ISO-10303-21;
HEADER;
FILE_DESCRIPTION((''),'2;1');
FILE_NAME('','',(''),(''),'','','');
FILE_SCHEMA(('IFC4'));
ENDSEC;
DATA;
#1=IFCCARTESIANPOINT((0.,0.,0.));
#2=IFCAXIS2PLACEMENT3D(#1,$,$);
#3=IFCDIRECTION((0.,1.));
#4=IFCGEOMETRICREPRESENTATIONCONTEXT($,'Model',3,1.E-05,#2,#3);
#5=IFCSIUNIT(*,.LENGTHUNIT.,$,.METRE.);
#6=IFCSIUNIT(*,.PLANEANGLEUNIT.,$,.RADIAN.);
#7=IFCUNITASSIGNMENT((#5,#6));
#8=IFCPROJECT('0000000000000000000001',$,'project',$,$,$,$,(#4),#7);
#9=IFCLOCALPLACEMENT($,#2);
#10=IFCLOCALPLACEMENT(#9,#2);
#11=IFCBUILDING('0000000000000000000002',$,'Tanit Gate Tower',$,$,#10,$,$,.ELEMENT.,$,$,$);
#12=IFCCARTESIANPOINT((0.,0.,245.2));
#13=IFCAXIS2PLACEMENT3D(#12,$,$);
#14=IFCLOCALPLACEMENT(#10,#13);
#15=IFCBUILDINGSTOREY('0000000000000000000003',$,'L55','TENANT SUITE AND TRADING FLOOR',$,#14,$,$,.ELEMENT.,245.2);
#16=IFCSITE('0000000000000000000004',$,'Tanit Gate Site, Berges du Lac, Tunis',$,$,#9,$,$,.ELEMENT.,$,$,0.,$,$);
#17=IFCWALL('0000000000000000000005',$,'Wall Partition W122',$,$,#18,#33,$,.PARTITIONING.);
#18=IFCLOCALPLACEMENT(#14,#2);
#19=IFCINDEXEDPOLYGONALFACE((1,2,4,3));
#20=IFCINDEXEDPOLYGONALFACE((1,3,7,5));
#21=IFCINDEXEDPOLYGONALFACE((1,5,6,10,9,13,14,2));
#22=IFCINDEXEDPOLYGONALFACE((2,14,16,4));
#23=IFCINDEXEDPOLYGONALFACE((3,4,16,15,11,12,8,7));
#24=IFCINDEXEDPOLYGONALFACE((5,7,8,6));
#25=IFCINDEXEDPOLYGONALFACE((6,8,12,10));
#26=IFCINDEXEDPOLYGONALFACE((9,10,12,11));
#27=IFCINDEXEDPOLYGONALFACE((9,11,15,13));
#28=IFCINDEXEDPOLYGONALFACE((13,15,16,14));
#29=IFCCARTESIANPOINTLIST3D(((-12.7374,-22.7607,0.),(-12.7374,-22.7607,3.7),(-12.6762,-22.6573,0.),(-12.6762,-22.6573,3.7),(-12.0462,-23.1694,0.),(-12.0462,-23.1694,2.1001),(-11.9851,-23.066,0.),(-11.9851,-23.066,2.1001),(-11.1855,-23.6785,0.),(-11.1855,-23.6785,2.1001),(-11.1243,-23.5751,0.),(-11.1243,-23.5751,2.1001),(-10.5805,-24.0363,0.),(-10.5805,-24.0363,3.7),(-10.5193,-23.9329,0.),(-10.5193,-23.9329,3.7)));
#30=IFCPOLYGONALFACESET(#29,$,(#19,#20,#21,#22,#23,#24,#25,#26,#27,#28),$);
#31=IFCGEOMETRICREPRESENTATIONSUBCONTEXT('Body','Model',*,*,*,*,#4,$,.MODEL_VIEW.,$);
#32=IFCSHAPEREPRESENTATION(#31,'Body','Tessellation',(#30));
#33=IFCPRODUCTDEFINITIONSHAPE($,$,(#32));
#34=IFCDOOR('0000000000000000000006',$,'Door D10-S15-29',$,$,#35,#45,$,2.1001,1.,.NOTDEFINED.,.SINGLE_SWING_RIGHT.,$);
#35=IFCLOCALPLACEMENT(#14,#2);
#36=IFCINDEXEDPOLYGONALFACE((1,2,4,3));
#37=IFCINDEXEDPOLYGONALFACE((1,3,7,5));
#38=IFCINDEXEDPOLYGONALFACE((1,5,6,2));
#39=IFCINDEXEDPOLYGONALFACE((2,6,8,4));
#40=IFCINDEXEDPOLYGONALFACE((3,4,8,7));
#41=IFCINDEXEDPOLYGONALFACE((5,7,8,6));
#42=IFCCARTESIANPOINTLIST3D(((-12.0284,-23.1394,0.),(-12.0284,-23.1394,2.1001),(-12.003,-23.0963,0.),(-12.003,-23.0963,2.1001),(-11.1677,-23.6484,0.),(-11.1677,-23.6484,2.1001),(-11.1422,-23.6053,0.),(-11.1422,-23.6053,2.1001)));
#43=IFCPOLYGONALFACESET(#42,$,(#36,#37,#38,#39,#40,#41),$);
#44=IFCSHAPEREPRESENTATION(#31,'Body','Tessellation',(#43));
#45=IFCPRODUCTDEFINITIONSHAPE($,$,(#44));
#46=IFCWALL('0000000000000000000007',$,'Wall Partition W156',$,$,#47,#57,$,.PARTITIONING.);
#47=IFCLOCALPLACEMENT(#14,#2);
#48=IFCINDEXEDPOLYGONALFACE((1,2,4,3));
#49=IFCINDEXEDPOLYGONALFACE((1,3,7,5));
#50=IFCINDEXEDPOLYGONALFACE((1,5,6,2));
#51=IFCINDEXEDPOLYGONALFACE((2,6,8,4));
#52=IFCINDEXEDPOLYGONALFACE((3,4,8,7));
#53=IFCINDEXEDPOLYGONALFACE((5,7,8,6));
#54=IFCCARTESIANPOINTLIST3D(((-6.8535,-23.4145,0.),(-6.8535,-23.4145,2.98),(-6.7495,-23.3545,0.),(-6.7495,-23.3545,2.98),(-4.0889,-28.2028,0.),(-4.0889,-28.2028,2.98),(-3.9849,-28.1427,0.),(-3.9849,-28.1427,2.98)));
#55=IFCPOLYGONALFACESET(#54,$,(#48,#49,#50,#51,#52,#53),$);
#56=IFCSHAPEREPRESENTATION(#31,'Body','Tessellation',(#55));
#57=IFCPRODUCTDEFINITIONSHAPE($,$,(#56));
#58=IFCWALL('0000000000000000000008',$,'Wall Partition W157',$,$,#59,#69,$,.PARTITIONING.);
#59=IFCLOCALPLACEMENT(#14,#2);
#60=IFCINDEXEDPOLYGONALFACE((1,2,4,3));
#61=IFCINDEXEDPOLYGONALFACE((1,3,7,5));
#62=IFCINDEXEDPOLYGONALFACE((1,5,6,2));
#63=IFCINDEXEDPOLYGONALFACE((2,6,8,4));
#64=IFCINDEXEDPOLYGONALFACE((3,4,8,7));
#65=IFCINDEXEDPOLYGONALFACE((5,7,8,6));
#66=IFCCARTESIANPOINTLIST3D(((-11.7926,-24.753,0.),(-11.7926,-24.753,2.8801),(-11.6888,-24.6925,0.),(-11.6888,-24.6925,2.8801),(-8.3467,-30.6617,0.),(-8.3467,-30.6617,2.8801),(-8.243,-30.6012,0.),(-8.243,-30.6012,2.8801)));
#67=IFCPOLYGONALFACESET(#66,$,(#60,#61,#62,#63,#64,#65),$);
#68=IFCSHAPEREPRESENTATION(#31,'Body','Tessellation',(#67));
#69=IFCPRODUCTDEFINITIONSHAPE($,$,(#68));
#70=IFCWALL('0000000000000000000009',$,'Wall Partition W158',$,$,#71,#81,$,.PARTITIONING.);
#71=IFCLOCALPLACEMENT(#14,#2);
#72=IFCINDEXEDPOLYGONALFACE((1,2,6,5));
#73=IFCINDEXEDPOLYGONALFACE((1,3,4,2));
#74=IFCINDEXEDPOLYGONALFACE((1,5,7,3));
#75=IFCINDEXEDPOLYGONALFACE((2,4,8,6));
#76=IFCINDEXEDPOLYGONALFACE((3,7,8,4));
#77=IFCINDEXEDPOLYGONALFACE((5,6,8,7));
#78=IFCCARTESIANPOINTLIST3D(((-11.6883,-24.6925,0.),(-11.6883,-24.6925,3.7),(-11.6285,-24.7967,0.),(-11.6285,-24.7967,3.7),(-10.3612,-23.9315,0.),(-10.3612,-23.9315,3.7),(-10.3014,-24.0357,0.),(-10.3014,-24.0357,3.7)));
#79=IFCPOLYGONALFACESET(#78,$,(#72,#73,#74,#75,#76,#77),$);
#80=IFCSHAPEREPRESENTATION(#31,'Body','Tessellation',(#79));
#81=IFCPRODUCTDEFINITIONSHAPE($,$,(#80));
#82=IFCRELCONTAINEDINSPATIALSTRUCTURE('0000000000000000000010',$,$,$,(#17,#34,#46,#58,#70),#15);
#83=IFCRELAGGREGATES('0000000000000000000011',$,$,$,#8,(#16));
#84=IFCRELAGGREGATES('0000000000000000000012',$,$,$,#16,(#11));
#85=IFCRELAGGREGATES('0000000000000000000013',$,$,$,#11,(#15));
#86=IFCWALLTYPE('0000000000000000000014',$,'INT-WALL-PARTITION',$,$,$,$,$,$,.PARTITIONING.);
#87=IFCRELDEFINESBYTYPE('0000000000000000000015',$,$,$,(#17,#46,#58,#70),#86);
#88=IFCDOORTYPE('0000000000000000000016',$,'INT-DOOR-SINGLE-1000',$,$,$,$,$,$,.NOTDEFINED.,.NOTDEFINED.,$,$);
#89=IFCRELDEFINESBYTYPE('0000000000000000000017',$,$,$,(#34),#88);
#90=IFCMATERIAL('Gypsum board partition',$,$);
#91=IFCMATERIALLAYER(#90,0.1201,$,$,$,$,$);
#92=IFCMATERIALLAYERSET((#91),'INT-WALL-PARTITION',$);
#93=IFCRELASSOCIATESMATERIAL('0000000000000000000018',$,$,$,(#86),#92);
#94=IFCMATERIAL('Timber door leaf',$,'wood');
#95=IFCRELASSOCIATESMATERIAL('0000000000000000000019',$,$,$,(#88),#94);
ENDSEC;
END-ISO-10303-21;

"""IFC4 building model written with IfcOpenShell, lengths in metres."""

from ifc_helpers import new_model, si_unit, direction, frame, frame_2d, origin, place, context, subcontext, project, spatial, rectangle, extrude, material, layer, layer_set, type_object, element, fill, save


model = new_model("IFC4")

# Units and contexts
model_context = context("Model", 3, precision=1e-05, world=origin(), true_north=direction((0.0, 1.0)))
body_context = subcontext(model_context, "Body", "Model", "MODEL_VIEW")
ifc_project = project(units=[si_unit("LENGTHUNIT", "METRE"), si_unit("PLANEANGLEUNIT", "RADIAN")], contexts=[model_context])

# Site, building, storey
site_placement = place(None, origin())
site = spatial("IfcSite", under=ifc_project, at=site_placement, Name="Tanit Gate Site, Berges du Lac, Tunis", CompositionType="ELEMENT", RefElevation=0.0)
building_placement = place(site_placement, origin())
building = spatial("IfcBuilding", under=site, at=building_placement, Name="Tanit Gate Tower", CompositionType="ELEMENT")
storey_placement = place(building_placement, frame((0.0, 0.0, 245.2)))
storey = spatial("IfcBuildingStorey", under=building, at=storey_placement, Name="L55", Description="TENANT SUITE AND TRADING FLOOR", CompositionType="ELEMENT", Elevation=245.2)

# Shared definitions
ifc_material_1 = material(Name="Gypsum board partition")
ifc_layer_1 = layer(ifc_material_1, 0.1201)
ifc_layer_set_1 = layer_set([ifc_layer_1], Name="INT-WALL-PARTITION")
wall_type_1 = type_object("IfcWallType", Name="INT-WALL-PARTITION", PredefinedType="PARTITIONING", material=ifc_layer_set_1)

# Wall, opening, door
wall_1_placement = place(storey_placement, frame((-12.7068, -22.709, 0.0), z_axis=(0.0, 0.0, 1.0), x_axis=(0.860742, -0.509041, 0.0)))
wall_1 = element("IfcWall", 1, at=wall_1_placement, inside=storey, type_object=wall_type_1, Name="Wall Partition W122", PredefinedType="PARTITIONING", context=body_context, shape_type="SweptSolid", body=[
    extrude(rectangle(XDim=2.5059, YDim=0.1201, at=frame_2d((1.2529, 0.0))), origin(), (0.0, 0.0, 1.0), 3.7),
])
opening_1_placement = place(wall_1_placement, frame((0.803, 0.0, 0.0)))
opening_1 = element("IfcOpeningElement", 2, at=opening_1_placement, cuts=wall_1, PredefinedType="OPENING", context=body_context, shape_type="SweptSolid", body=[
    extrude(rectangle(XDim=1.0, YDim=2.1001, at=frame_2d((0.5, 1.05))), frame((0.0, 0.0701, 0.0), z_axis=(0.0, -1.0, 0.0), x_axis=(1.0, 0.0, 0.0)), (0.0, 0.0, 1.0), 0.1401),
])
ifc_material_2 = material(Name="Timber door leaf", Category="wood")
door_type_1 = type_object("IfcDoorType", Name="INT-DOOR-SINGLE-1000", OperationType="NOTDEFINED", PredefinedType="NOTDEFINED", material=ifc_material_2)
door_1_placement = place(opening_1_placement, origin())
door_1 = element("IfcDoor", 3, at=door_1_placement, inside=storey, type_object=door_type_1, Name="Door D10-S15-29", OperationType="SINGLE_SWING_RIGHT", OverallHeight=2.1001, OverallWidth=1.0, PredefinedType="NOTDEFINED", context=body_context, shape_type="SweptSolid", body=[
    extrude(rectangle(XDim=1.0, YDim=2.1001, at=frame_2d((0.5, 1.05))), frame((0.0, 0.0249, 0.0), z_axis=(0.0, -1.0, 0.0), x_axis=(1.0, 0.0, 0.0)), (0.0, 0.0, 1.0), 0.05),
])
fill(opening_1, door_1)

# Walls
wall_2_placement = place(storey_placement, frame((-4.0369, -28.1729, 0.0), z_axis=(0.0, 0.0, 1.0), x_axis=(-0.500014, 0.866017, 0.0)))
element("IfcWall", 4, at=wall_2_placement, inside=storey, type_object=wall_type_1, Name="Wall Partition W156", PredefinedType="PARTITIONING", context=body_context, shape_type="SweptSolid", body=[
    extrude(rectangle(XDim=5.5291, YDim=0.1201, at=frame_2d((2.7646, 0.0))), origin(), (0.0, 0.0, 1.0), 2.98),
])
wall_3_placement = place(storey_placement, frame((-8.2949, -30.6313, 0.0), z_axis=(0.0, 0.0, 1.0), x_axis=(-0.503769, 0.863838, 0.0)))
element("IfcWall", 5, at=wall_3_placement, inside=storey, type_object=wall_type_1, Name="Wall Partition W157", PredefinedType="PARTITIONING", context=body_context, shape_type="SweptSolid", body=[
    extrude(rectangle(XDim=6.8401, YDim=0.1201, at=frame_2d((3.4199, 0.0))), origin(), (0.0, 0.0, 1.0), 2.8801),
])
wall_4_placement = place(storey_placement, frame((-10.3313, -23.9836, 0.0), z_axis=(0.0, 0.0, 1.0), x_axis=(-0.867506, -0.497427, 0.0)))
element("IfcWall", 6, at=wall_4_placement, inside=storey, type_object=wall_type_1, Name="Wall Partition W158", PredefinedType="PARTITIONING", context=body_context, shape_type="SweptSolid", body=[
    extrude(rectangle(XDim=1.5298, YDim=0.1201, at=frame_2d((0.7649, 0.0))), origin(), (0.0, 0.0, 1.0), 3.7),
])

save(model, "model.ifc")
